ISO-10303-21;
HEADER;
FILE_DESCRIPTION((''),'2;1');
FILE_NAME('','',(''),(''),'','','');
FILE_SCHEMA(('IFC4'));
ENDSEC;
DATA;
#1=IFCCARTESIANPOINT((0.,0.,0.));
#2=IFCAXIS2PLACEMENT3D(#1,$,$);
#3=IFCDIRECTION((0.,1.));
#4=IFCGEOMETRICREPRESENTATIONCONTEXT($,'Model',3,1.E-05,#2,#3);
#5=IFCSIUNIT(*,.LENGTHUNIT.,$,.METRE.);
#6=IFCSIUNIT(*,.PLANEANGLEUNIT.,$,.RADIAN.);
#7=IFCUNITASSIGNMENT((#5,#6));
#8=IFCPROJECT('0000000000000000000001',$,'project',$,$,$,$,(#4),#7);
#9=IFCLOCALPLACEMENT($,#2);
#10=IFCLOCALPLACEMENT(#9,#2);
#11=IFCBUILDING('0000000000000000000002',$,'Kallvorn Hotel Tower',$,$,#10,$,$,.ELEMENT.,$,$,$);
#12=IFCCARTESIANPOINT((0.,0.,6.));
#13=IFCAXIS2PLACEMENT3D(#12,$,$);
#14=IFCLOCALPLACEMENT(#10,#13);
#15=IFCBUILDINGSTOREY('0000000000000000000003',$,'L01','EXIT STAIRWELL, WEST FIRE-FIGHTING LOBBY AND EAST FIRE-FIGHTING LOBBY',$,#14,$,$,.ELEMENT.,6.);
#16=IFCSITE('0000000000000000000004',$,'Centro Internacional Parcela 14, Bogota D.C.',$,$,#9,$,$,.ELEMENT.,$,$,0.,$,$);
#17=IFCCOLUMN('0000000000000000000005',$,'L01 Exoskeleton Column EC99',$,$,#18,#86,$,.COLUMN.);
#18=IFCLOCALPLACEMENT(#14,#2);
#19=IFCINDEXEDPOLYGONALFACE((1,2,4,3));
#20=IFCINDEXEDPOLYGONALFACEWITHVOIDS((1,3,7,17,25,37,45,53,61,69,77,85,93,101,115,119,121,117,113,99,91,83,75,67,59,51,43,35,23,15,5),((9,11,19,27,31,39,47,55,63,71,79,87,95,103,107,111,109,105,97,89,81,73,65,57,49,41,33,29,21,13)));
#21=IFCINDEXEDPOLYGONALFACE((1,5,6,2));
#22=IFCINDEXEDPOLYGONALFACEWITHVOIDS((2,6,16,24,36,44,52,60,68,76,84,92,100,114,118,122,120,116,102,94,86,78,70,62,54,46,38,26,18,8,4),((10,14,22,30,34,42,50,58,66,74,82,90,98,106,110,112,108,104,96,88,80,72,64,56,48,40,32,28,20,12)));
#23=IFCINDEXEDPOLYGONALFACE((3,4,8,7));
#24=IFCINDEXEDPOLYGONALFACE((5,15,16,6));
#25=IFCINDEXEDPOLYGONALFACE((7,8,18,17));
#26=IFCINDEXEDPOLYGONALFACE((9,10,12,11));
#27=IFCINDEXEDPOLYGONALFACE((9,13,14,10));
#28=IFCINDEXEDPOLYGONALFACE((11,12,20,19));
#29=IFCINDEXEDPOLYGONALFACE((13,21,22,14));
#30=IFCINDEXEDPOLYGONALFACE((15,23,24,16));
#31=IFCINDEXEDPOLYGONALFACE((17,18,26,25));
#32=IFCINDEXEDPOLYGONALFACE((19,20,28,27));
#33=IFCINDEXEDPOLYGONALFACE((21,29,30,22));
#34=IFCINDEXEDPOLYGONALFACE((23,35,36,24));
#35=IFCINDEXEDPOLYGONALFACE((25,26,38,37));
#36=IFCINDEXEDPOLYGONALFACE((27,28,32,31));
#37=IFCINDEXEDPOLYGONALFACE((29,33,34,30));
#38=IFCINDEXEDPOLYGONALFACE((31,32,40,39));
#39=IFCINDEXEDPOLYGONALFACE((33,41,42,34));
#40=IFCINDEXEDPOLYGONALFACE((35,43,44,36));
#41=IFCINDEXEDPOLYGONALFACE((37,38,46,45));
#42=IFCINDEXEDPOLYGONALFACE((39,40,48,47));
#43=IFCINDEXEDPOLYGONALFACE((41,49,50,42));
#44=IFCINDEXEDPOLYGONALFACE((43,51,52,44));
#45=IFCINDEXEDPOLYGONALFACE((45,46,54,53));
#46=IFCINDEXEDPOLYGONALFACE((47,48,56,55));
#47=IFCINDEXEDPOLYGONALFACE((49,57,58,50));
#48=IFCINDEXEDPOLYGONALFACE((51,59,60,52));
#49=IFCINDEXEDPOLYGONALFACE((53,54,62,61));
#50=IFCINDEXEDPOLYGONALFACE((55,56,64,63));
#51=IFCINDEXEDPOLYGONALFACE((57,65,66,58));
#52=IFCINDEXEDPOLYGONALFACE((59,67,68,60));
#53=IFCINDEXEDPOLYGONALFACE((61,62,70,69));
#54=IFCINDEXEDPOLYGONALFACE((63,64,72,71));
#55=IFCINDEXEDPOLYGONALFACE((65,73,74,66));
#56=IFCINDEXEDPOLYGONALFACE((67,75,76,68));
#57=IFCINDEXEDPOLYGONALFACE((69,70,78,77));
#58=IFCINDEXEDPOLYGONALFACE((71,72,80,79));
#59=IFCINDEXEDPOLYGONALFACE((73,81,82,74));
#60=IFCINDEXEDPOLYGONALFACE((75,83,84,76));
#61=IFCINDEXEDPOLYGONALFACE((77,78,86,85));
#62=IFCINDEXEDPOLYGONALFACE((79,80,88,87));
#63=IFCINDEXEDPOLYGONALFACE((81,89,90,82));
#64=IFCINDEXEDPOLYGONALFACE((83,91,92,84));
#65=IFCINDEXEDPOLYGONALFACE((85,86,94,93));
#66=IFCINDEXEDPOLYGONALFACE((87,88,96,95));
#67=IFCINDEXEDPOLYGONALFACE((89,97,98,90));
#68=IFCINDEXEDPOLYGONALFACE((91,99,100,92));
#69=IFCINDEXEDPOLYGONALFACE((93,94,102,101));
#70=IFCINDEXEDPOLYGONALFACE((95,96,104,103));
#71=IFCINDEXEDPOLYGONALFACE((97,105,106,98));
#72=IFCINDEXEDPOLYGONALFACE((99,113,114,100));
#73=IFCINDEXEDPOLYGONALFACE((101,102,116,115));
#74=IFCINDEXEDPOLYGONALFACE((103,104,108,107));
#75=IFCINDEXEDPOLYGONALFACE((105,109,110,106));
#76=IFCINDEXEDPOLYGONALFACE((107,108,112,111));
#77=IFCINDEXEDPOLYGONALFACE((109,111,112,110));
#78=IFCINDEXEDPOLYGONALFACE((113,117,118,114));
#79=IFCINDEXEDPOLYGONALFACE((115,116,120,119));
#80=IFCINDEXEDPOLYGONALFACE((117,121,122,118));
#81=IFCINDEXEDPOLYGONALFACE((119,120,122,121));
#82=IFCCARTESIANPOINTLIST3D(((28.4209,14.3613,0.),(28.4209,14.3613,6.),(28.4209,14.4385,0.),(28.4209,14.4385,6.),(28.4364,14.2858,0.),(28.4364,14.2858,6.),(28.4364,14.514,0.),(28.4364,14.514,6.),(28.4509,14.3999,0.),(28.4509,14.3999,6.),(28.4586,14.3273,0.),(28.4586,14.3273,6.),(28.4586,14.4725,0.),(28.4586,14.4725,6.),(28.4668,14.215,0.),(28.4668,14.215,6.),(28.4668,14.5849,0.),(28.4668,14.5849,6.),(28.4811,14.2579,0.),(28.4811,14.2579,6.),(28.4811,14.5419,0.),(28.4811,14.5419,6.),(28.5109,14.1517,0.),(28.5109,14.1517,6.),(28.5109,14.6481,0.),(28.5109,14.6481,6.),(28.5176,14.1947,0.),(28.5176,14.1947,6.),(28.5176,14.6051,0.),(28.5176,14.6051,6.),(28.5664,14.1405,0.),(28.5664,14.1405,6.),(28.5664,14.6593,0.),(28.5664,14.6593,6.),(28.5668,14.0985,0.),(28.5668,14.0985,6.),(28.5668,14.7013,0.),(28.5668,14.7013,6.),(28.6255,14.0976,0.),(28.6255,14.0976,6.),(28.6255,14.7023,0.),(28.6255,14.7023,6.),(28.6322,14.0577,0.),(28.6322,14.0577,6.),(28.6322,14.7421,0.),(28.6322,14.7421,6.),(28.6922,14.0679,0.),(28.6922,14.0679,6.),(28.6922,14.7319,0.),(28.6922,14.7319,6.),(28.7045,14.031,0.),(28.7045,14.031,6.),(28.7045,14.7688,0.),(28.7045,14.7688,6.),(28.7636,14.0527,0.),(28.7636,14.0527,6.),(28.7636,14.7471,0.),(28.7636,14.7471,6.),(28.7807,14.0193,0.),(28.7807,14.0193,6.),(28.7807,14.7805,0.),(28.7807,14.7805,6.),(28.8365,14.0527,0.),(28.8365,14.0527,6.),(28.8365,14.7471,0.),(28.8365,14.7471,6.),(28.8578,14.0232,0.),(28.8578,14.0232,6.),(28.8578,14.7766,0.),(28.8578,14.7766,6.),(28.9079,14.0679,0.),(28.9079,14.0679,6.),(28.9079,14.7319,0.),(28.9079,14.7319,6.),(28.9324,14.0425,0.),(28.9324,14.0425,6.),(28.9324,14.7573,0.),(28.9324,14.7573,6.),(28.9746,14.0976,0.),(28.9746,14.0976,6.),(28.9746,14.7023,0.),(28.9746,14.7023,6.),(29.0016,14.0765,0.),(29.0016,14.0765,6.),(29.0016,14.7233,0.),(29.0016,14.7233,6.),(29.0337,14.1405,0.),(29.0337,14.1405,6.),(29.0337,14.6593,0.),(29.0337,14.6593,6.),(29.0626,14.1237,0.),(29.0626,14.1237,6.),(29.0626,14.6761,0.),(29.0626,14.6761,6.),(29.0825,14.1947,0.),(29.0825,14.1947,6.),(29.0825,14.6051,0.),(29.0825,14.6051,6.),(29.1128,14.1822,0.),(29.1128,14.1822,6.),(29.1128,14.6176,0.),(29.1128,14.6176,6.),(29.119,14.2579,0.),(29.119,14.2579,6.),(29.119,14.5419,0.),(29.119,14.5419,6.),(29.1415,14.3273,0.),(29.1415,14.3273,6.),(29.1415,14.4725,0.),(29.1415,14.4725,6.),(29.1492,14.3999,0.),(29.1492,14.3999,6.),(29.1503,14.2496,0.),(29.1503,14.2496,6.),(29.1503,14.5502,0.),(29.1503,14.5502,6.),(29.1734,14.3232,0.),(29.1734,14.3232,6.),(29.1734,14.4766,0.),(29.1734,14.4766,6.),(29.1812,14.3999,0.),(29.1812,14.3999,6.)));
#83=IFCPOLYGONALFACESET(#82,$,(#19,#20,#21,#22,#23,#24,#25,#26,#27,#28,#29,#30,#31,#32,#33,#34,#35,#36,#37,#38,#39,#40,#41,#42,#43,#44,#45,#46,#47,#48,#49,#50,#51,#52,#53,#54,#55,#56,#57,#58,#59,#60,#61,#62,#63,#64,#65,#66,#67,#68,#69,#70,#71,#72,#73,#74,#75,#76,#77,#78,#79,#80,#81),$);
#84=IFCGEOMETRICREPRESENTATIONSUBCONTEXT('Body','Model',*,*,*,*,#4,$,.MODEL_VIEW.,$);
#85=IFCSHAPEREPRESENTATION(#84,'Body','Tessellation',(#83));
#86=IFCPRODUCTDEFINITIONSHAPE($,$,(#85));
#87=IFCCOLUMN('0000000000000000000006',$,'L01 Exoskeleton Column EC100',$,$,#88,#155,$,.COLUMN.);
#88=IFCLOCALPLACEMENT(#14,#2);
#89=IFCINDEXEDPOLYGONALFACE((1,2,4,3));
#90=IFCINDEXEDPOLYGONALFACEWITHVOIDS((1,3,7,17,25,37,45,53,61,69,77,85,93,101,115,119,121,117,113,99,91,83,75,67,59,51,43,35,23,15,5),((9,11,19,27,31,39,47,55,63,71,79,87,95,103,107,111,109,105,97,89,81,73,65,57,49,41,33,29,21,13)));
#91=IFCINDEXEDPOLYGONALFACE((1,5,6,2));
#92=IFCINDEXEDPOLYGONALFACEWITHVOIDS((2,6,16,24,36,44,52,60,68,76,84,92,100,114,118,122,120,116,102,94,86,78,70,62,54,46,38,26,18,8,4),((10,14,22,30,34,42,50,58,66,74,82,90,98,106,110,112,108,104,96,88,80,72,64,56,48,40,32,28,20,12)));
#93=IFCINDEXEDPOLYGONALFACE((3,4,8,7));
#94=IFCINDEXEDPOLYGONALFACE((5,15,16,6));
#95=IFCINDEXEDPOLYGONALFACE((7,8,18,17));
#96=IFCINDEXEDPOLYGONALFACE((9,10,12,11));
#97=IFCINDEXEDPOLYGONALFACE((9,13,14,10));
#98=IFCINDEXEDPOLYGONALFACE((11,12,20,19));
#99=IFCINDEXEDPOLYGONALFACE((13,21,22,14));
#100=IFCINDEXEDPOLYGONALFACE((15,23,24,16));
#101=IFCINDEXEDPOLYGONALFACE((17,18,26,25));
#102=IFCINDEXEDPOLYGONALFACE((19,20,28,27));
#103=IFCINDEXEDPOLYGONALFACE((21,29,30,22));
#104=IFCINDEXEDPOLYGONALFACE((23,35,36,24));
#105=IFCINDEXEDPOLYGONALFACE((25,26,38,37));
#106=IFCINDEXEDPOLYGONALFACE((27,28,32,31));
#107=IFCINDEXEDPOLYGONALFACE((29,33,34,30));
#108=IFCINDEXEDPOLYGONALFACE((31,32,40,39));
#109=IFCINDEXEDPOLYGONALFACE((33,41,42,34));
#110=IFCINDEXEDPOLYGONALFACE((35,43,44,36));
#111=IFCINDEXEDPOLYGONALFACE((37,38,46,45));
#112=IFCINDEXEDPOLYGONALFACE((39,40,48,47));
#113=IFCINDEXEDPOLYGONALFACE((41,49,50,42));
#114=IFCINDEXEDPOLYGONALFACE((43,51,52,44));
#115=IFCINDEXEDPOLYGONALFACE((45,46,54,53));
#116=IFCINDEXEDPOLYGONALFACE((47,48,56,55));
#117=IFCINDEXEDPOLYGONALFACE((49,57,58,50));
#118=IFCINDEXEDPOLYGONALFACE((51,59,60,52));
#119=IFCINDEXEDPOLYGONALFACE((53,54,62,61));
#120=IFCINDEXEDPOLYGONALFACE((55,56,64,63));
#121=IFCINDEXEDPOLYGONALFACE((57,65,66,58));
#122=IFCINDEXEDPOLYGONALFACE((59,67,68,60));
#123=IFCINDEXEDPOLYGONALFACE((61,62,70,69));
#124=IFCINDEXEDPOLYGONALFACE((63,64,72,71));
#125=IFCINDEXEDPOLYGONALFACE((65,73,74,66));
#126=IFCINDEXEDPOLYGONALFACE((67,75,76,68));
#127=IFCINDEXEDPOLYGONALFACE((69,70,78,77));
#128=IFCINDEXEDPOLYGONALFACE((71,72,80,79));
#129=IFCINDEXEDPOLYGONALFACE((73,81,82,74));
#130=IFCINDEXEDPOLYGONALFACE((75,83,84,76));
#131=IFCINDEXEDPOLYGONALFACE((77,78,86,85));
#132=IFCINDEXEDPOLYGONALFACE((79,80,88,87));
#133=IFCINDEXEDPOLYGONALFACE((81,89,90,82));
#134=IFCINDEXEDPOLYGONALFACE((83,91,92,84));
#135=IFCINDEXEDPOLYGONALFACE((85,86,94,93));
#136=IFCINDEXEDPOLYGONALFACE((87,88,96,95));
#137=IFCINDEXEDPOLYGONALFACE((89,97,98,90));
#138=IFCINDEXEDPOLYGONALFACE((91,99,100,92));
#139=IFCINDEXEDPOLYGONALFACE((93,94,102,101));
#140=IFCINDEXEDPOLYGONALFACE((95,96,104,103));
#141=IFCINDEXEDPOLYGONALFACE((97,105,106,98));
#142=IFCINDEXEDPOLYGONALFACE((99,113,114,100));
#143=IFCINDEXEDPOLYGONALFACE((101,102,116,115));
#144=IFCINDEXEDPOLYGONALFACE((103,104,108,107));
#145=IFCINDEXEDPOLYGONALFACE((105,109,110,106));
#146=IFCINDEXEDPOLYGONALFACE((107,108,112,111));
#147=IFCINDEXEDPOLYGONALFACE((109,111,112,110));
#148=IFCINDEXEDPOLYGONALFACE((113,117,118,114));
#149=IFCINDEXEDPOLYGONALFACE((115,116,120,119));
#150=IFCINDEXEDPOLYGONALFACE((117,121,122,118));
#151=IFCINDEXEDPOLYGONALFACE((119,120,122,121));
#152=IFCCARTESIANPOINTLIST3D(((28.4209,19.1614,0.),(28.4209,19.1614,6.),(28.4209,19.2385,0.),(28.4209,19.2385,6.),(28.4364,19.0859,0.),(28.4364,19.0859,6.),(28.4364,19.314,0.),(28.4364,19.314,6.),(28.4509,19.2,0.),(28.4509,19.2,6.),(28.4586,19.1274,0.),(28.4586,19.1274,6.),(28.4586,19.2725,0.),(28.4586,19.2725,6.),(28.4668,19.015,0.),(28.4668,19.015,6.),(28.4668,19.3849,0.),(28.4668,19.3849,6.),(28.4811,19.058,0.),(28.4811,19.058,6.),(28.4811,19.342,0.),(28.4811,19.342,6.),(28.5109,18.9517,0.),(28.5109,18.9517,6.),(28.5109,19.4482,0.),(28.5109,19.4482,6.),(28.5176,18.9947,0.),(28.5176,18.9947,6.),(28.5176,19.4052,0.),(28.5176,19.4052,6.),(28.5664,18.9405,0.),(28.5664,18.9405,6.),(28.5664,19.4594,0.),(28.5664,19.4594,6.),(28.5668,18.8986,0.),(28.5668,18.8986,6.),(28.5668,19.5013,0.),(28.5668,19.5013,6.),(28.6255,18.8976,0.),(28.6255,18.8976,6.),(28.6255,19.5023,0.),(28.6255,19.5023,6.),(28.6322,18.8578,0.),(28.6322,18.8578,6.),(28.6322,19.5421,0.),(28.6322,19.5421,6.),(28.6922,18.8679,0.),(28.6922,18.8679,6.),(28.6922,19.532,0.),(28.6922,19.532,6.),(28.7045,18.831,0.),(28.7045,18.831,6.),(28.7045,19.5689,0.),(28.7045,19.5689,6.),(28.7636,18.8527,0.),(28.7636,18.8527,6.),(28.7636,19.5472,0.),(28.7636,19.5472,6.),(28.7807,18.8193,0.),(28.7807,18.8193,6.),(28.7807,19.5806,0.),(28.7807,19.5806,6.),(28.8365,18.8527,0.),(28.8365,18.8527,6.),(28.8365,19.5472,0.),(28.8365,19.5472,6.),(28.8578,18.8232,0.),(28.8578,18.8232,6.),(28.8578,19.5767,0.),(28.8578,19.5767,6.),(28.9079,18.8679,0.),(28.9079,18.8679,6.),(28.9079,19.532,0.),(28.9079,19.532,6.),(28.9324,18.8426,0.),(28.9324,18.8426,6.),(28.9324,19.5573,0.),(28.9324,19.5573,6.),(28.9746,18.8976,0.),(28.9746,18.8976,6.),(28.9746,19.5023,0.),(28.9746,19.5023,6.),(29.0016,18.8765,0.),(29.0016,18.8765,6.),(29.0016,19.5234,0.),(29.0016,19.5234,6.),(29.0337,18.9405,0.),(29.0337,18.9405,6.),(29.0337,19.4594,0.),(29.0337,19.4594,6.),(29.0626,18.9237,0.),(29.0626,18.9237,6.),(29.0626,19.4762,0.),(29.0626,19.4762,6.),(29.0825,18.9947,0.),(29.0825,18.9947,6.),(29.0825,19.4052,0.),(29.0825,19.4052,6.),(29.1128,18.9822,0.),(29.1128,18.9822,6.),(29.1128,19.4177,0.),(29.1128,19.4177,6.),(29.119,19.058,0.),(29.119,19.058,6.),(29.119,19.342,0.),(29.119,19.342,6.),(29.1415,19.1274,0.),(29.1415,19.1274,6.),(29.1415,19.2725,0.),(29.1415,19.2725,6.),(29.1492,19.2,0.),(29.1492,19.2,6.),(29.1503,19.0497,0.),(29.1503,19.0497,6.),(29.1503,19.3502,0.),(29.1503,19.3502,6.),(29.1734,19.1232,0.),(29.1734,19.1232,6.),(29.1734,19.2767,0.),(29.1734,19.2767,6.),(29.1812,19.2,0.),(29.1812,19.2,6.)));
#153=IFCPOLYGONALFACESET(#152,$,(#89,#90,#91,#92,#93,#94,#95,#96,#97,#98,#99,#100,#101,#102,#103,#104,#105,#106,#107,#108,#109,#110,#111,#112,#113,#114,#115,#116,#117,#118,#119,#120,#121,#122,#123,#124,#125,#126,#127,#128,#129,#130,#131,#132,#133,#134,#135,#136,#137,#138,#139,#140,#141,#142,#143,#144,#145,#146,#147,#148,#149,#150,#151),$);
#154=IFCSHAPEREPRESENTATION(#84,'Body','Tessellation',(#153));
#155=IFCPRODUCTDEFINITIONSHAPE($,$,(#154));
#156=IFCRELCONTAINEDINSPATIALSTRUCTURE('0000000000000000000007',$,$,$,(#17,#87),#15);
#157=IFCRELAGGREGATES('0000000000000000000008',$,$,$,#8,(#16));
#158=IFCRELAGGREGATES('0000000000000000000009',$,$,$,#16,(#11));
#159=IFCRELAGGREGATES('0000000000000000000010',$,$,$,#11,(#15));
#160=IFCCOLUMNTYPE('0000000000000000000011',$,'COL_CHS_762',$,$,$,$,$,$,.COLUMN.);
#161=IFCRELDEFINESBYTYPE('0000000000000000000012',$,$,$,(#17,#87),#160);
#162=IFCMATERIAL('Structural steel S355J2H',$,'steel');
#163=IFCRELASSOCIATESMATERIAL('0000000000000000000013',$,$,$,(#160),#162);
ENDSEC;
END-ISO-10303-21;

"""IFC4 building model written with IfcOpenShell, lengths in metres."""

from ifc_helpers import new_model, si_unit, direction, frame, origin, origin_2d, place, context, subcontext, project, spatial, hollow_circle, extrude, material, material_profile, profile_set, type_object, element, save


model = new_model("IFC4")

# Units and contexts
model_context = context("Model", 3, precision=1e-05, world=origin(), true_north=direction((0.0, 1.0)))
body_context = subcontext(model_context, "Body", "Model", "MODEL_VIEW")
ifc_project = project(units=[si_unit("LENGTHUNIT", "METRE"), si_unit("PLANEANGLEUNIT", "RADIAN")], contexts=[model_context])

# Site, building, storey
site_placement = place(None, origin())
site = spatial("IfcSite", under=ifc_project, at=site_placement, Name="Centro Internacional Parcela 14, Bogota D.C.", CompositionType="ELEMENT", RefElevation=0.0)
building_placement = place(site_placement, origin())
building = spatial("IfcBuilding", under=site, at=building_placement, Name="Kallvorn Hotel Tower", CompositionType="ELEMENT")
storey_placement = place(building_placement, frame((0.0, 0.0, 6.0)))
storey = spatial("IfcBuildingStorey", under=building, at=storey_placement, Name="L01", Description="EXIT STAIRWELL, WEST FIRE-FIGHTING LOBBY AND EAST FIRE-FIGHTING LOBBY", CompositionType="ELEMENT", Elevation=6.0)

# Columns
ifc_material_1 = material(Name="Structural steel S355J2H", Category="steel")
ifc_material_profile_1 = material_profile(ifc_material_1, hollow_circle(Radius=0.3811, WallThickness=0.032, at=origin_2d()), Name="CHS 762x32")
ifc_profile_set_1 = profile_set([ifc_material_profile_1], Name="Structural steel S355J2H")
column_type = type_object("IfcColumnType", Name="COL_CHS_762", PredefinedType="COLUMN", material=ifc_profile_set_1)
for number, where, z_axis, x_axis, name in (
    (1, (28.8, 14.3999, 0.0), (0.0, 0.0, 1.0), (1.0, 0.0, 0.0), "L01 Exoskeleton Column EC99"),
    (2, (28.8, 19.2, 0.0), (0.0, 0.0, 1.0), (1.0, 0.0, 0.0), "L01 Exoskeleton Column EC100"),
):
    element("IfcColumn", number, at=place(storey_placement, frame(where, z_axis=z_axis, x_axis=x_axis)), inside=storey, type_object=column_type, Name=name, PredefinedType="COLUMN", context=body_context, shape_type="SweptSolid", body=[
        extrude(hollow_circle(Radius=0.3811, WallThickness=0.032, at=origin_2d()), origin(), (0.0, 0.0, 1.0), 6.0),
    ])

save(model, "model.ifc")
